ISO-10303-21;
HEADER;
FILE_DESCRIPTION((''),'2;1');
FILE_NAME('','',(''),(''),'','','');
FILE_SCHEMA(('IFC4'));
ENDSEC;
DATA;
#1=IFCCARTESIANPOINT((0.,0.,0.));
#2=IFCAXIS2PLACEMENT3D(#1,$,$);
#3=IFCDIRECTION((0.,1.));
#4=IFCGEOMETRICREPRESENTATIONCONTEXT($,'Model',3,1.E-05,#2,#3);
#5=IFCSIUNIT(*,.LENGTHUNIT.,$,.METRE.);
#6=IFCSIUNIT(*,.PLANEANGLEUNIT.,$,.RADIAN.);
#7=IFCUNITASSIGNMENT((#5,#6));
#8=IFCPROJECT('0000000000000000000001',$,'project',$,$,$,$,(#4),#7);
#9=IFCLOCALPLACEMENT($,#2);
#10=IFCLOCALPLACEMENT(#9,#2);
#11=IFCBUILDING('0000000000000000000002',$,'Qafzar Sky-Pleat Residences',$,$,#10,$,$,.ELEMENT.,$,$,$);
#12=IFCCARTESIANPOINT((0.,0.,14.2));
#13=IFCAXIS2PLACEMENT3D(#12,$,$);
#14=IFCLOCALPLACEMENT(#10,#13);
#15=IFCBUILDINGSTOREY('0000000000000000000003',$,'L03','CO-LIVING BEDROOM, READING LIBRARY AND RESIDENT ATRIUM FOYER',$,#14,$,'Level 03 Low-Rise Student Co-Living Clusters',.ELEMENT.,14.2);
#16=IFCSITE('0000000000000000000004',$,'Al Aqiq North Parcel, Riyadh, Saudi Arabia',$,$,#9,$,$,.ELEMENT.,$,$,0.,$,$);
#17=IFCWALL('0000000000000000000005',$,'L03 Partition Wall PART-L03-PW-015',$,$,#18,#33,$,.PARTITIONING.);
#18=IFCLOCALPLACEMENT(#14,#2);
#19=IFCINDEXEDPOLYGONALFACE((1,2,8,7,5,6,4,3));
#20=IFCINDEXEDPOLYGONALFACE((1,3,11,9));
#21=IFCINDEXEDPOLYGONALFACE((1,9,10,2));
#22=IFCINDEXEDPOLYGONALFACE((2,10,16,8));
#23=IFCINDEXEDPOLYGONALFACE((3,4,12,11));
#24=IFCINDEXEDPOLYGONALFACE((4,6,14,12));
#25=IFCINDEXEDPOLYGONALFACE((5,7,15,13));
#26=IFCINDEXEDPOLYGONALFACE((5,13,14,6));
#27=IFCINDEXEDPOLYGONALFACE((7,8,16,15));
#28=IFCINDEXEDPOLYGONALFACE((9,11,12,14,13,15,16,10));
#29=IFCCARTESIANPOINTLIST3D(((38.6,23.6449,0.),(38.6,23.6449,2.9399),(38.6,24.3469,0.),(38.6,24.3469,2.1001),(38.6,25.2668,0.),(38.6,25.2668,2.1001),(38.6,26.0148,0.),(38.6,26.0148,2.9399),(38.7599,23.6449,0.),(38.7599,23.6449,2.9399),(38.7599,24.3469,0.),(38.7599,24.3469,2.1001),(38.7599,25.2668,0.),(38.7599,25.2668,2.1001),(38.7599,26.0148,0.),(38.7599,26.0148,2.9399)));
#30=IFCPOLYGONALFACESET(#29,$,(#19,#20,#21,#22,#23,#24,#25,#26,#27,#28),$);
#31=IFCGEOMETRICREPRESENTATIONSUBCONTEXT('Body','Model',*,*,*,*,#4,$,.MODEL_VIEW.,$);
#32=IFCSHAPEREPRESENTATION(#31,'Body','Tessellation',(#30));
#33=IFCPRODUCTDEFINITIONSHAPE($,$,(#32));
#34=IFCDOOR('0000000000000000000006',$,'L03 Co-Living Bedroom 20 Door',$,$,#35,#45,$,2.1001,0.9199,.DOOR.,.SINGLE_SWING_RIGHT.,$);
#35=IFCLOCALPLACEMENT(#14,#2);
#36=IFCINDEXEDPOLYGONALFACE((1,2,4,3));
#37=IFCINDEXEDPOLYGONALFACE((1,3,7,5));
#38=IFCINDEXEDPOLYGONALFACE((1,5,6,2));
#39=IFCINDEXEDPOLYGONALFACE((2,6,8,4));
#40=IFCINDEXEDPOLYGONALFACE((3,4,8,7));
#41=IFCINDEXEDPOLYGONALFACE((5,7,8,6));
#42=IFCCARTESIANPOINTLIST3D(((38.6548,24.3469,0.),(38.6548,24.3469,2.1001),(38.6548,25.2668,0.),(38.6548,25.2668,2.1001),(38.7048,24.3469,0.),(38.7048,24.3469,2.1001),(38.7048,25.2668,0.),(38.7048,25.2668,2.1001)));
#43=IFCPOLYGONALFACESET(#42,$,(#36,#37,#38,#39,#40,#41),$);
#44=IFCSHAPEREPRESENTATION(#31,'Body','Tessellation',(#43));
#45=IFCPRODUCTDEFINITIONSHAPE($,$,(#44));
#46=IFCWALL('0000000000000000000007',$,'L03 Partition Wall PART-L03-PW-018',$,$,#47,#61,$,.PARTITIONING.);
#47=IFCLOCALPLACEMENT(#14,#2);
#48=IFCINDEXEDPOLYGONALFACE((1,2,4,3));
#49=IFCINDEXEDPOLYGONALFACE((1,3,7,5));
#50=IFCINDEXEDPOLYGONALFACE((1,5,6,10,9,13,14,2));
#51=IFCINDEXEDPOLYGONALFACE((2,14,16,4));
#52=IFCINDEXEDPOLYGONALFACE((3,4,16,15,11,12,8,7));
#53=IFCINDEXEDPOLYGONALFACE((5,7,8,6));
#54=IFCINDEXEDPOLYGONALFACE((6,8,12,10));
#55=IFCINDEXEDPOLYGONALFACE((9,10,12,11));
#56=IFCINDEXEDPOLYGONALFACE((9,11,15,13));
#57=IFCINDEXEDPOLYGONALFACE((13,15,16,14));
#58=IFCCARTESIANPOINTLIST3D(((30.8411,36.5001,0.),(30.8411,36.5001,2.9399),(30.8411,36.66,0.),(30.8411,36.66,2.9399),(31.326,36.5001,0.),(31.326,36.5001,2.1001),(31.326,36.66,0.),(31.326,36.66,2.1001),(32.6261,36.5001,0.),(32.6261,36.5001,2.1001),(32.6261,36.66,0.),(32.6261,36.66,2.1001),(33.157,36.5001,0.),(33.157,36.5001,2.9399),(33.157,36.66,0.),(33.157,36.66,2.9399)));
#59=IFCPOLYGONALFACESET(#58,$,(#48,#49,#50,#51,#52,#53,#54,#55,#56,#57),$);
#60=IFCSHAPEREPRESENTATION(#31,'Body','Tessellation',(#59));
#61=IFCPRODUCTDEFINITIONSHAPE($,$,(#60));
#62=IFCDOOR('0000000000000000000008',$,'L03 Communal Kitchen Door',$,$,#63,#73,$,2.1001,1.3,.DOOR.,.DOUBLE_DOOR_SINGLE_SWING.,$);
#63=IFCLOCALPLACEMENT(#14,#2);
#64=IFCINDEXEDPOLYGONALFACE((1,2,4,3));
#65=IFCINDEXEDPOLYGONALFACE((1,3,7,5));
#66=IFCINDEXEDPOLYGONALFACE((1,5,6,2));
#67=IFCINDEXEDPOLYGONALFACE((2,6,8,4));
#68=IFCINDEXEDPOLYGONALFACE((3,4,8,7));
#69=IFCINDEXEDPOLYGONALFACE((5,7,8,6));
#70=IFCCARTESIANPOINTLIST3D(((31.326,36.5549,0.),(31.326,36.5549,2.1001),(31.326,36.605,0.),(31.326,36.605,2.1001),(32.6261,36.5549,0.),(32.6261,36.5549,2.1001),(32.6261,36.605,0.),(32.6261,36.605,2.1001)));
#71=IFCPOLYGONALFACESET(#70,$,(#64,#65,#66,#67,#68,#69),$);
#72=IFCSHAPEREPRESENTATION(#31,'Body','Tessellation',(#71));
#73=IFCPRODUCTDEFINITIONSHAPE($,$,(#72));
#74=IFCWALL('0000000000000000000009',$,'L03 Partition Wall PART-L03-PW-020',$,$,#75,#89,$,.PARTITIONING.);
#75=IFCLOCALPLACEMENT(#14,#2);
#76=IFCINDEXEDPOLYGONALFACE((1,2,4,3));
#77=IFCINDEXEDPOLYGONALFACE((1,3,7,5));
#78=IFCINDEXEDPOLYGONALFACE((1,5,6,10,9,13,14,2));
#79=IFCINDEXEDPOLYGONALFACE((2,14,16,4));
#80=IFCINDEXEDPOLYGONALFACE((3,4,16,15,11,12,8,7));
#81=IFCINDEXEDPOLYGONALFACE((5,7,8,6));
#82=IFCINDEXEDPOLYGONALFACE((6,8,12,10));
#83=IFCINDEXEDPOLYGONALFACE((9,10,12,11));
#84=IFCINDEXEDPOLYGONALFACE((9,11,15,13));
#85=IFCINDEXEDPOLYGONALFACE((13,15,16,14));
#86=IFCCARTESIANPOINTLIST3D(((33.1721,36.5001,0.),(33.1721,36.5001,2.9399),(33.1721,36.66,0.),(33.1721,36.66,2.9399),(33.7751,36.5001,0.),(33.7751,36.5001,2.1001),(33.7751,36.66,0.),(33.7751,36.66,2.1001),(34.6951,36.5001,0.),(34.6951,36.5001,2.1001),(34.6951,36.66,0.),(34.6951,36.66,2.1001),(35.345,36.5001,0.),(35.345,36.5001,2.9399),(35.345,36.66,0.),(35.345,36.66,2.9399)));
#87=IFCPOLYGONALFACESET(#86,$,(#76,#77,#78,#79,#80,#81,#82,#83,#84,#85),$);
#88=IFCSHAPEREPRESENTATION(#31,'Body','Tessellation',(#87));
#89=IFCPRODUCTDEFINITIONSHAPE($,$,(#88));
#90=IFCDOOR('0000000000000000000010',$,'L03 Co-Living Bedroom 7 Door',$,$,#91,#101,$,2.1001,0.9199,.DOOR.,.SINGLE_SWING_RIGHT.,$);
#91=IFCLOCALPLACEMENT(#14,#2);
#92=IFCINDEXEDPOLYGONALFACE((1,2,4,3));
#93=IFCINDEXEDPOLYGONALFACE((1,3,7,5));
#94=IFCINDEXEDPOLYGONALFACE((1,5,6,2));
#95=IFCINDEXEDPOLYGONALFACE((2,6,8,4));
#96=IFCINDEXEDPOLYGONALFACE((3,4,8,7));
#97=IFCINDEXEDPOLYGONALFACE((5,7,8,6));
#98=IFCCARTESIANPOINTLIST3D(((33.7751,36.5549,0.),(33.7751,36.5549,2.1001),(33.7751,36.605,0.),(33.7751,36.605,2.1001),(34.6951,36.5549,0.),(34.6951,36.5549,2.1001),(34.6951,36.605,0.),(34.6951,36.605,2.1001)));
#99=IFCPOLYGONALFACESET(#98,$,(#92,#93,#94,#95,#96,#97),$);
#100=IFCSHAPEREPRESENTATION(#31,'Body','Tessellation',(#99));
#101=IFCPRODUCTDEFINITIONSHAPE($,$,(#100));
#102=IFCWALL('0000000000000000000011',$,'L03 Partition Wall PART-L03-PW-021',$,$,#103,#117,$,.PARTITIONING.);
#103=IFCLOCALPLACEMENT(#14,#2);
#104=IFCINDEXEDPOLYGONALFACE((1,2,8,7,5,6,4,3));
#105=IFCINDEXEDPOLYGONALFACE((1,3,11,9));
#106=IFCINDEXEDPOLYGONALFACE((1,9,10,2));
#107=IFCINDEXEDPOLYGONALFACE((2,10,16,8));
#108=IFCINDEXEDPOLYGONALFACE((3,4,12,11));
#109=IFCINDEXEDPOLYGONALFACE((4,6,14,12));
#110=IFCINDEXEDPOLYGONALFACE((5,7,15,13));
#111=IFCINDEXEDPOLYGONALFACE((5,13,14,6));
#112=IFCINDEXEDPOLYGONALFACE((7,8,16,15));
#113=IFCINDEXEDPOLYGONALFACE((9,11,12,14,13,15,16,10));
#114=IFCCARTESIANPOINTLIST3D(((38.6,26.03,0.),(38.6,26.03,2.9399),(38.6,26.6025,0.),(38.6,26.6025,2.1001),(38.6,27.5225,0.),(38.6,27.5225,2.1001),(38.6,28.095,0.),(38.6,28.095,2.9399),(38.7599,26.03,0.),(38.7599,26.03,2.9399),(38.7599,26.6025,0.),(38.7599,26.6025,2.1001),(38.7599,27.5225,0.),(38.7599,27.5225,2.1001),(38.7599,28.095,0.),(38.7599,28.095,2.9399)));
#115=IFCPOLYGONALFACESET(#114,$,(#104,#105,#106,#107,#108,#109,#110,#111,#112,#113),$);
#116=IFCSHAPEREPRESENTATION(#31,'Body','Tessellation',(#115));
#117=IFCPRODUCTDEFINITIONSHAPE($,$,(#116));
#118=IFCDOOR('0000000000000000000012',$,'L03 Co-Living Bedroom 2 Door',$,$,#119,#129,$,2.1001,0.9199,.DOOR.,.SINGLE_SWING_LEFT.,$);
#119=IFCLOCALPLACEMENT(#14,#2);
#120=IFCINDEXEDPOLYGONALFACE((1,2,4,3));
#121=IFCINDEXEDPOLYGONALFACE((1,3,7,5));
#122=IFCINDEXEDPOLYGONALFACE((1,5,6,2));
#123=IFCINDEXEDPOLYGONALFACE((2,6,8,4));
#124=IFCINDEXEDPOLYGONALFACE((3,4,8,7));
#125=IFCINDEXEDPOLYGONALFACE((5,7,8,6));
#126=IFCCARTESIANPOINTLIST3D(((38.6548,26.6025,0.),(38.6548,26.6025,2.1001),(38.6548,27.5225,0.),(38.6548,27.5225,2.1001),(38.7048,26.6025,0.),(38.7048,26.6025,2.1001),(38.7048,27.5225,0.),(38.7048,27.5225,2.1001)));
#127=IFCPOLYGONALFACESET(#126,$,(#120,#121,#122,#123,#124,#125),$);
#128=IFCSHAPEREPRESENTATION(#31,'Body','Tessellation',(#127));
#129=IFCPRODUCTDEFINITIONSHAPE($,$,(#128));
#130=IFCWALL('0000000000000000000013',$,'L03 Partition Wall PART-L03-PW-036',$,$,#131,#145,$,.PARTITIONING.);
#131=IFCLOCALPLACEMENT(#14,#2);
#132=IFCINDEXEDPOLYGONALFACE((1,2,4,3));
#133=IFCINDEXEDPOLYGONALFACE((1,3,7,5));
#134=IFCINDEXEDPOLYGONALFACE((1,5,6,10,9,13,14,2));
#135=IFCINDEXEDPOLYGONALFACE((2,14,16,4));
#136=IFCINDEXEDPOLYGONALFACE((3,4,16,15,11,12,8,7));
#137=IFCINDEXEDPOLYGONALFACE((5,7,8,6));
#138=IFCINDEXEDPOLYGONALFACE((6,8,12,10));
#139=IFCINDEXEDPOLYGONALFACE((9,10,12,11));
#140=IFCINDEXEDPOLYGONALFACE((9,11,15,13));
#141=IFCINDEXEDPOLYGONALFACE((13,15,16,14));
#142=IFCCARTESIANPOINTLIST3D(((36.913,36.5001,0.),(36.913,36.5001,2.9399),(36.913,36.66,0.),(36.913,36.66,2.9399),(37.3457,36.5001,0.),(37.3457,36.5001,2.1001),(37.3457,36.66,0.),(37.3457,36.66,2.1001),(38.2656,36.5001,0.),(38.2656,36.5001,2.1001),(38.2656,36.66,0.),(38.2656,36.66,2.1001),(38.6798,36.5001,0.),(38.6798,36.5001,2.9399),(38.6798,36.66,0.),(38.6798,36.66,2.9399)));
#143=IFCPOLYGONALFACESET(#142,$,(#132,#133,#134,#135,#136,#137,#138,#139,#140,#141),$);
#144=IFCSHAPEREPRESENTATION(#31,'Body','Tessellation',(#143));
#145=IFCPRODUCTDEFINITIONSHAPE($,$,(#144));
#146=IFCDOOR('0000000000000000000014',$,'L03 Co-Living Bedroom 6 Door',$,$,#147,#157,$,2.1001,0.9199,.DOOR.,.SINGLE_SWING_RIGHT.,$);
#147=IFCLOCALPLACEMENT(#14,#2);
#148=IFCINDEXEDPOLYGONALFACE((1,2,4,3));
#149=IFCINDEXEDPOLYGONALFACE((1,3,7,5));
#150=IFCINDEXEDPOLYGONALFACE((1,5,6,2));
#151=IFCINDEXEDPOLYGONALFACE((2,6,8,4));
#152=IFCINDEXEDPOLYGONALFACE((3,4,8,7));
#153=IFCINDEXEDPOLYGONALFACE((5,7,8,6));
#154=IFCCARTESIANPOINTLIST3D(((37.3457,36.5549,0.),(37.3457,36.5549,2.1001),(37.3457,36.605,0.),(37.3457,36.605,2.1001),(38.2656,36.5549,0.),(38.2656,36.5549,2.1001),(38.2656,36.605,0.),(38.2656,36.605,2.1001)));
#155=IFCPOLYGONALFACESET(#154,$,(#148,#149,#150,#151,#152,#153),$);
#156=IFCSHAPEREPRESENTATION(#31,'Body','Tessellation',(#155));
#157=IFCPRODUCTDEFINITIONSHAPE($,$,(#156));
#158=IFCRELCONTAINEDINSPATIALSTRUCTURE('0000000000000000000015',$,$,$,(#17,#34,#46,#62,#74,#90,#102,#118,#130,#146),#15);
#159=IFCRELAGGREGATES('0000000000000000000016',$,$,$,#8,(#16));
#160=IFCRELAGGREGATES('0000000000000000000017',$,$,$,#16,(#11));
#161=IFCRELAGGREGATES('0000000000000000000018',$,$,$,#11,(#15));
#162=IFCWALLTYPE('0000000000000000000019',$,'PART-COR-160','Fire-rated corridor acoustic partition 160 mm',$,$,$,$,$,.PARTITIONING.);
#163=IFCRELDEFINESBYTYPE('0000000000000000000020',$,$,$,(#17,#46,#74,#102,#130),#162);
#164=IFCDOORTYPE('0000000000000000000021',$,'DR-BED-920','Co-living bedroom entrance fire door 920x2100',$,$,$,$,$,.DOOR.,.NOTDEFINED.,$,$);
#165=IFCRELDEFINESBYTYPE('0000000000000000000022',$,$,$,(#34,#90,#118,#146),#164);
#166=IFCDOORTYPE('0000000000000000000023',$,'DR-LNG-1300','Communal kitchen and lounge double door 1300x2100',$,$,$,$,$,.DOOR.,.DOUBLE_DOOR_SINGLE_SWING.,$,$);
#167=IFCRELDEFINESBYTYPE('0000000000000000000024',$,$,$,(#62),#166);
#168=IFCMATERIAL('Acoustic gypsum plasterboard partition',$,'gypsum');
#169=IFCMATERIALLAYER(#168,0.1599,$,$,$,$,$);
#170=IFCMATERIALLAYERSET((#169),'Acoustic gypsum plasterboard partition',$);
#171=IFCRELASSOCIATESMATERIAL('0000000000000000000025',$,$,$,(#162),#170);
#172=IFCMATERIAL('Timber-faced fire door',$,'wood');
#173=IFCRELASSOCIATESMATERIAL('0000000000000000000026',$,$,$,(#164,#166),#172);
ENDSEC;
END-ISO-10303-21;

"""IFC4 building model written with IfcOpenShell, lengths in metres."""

from ifc_helpers import new_model, si_unit, direction, frame, frame_2d, origin, place, context, subcontext, project, spatial, rectangle, extrude, source, transform, mapped, material, layer, layer_set, type_object, element, fill, save


model = new_model("IFC4")

# Units and contexts
model_context = context("Model", 3, precision=1e-05, world=origin(), true_north=direction((0.0, 1.0)))
body_context = subcontext(model_context, "Body", "Model", "MODEL_VIEW")
ifc_project = project(units=[si_unit("LENGTHUNIT", "METRE"), si_unit("PLANEANGLEUNIT", "RADIAN")], contexts=[model_context])

# Site, building, storey
site_placement = place(None, origin())
site = spatial("IfcSite", under=ifc_project, at=site_placement, Name="Al Aqiq North Parcel, Riyadh, Saudi Arabia", CompositionType="ELEMENT", RefElevation=0.0)
building_placement = place(site_placement, origin())
building = spatial("IfcBuilding", under=site, at=building_placement, Name="Qafzar Sky-Pleat Residences", CompositionType="ELEMENT")
storey_placement = place(building_placement, frame((0.0, 0.0, 14.2)))
storey = spatial("IfcBuildingStorey", under=building, at=storey_placement, Name="L03", Description="CO-LIVING BEDROOM, READING LIBRARY AND RESIDENT ATRIUM FOYER", LongName="Level 03 Low-Rise Student Co-Living Clusters", CompositionType="ELEMENT", Elevation=14.2)

# Walls, openings, doors
ifc_material_1 = material(Name="Acoustic gypsum plasterboard partition", Category="gypsum")
ifc_layer_1 = layer(ifc_material_1, 0.1599)
ifc_layer_set_1 = layer_set([ifc_layer_1], Name="Acoustic gypsum plasterboard partition")
wall_type_1 = type_object("IfcWallType", Name="PART-COR-160", Description="Fire-rated corridor acoustic partition 160 mm", PredefinedType="PARTITIONING", material=ifc_layer_set_1)
wall_1_placement = place(storey_placement, frame((38.6799, 26.0149, 0.0), z_axis=(0.0, 0.0, 1.0), x_axis=(0.0, -1.0, 0.0)))
wall_1 = element("IfcWall", 1, at=wall_1_placement, inside=storey, type_object=wall_type_1, Name="L03 Partition Wall PART-L03-PW-015", PredefinedType="PARTITIONING", context=body_context, shape_type="SweptSolid", body=[
    extrude(rectangle(XDim=2.3699, YDim=0.1599, at=frame_2d((1.1851, 0.0))), origin(), (0.0, 0.0, 1.0), 2.9399),
])
opening_1_placement = place(wall_1_placement, frame((0.748, 0.0, 0.0)))
opening_1 = element("IfcOpeningElement", 2, at=opening_1_placement, cuts=wall_1, PredefinedType="OPENING", context=body_context, shape_type="SweptSolid", body=[
    extrude(rectangle(XDim=0.9199, YDim=2.1001, at=frame_2d((0.46, 1.05))), frame((0.0, 0.0898, 0.0), z_axis=(0.0, -1.0, 0.0), x_axis=(1.0, 0.0, 0.0)), (0.0, 0.0, 1.0), 0.1799),
])
ifc_material_2 = material(Name="Timber-faced fire door", Category="wood")
door_type_1 = type_object("IfcDoorType", Name="DR-BED-920", Description="Co-living bedroom entrance fire door 920x2100", OperationType="NOTDEFINED", PredefinedType="DOOR", material=ifc_material_2)
shared_shape_1 = source(origin(), body_context, "Body", "SweptSolid", [
    extrude(rectangle(XDim=0.9199, YDim=2.1001, at=frame_2d((0.46, 1.05))), frame((0.0, 0.0249, 0.0), z_axis=(0.0, -1.0, 0.0), x_axis=(1.0, 0.0, 0.0)), (0.0, 0.0, 1.0), 0.05),
])
door_1_placement = place(opening_1_placement, origin())
door_1 = element("IfcDoor", 3, at=door_1_placement, inside=storey, type_object=door_type_1, Name="L03 Co-Living Bedroom 20 Door", OperationType="SINGLE_SWING_RIGHT", OverallHeight=2.1001, OverallWidth=0.9199, PredefinedType="DOOR", context=body_context, shape_type="MappedRepresentation", body=[
    mapped(shared_shape_1, transform((0.0, 0.0, 0.0), x_axis=(1.0, 0.0, 0.0), y_axis=(0.0, 1.0, 0.0), z_axis=(0.0, 0.0, 1.0), scale=1.0)),
])
fill(opening_1, door_1)
wall_2_placement = place(storey_placement, frame((30.8411, 36.5801, 0.0), z_axis=(0.0, 0.0, 1.0), x_axis=(1.0, 0.0, 0.0)))
wall_2 = element("IfcWall", 4, at=wall_2_placement, inside=storey, type_object=wall_type_1, Name="L03 Partition Wall PART-L03-PW-018", PredefinedType="PARTITIONING", context=body_context, shape_type="SweptSolid", body=[
    extrude(rectangle(XDim=2.3159, YDim=0.1599, at=frame_2d((1.158, 0.0))), origin(), (0.0, 0.0, 1.0), 2.9399),
])
opening_2_placement = place(wall_2_placement, frame((0.4851, 0.0, 0.0)))
opening_2 = element("IfcOpeningElement", 5, at=opening_2_placement, cuts=wall_2, PredefinedType="OPENING", context=body_context, shape_type="SweptSolid", body=[
    extrude(rectangle(XDim=1.3, YDim=2.1001, at=frame_2d((0.6499, 1.05))), frame((0.0, 0.0898, 0.0), z_axis=(0.0, -1.0, 0.0), x_axis=(1.0, 0.0, 0.0)), (0.0, 0.0, 1.0), 0.1799),
])
door_type_2 = type_object("IfcDoorType", Name="DR-LNG-1300", Description="Communal kitchen and lounge double door 1300x2100", OperationType="DOUBLE_DOOR_SINGLE_SWING", PredefinedType="DOOR", material=ifc_material_2)
shared_shape_2 = source(origin(), body_context, "Body", "SweptSolid", [
    extrude(rectangle(XDim=1.3, YDim=2.1001, at=frame_2d((0.6499, 1.05))), frame((0.0, 0.0249, 0.0), z_axis=(0.0, -1.0, 0.0), x_axis=(1.0, 0.0, 0.0)), (0.0, 0.0, 1.0), 0.05),
])
door_2_placement = place(opening_2_placement, origin())
door_2 = element("IfcDoor", 6, at=door_2_placement, inside=storey, type_object=door_type_2, Name="L03 Communal Kitchen Door", OperationType="DOUBLE_DOOR_SINGLE_SWING", OverallHeight=2.1001, OverallWidth=1.3, PredefinedType="DOOR", context=body_context, shape_type="MappedRepresentation", body=[
    mapped(shared_shape_2, transform((0.0, 0.0, 0.0), x_axis=(1.0, 0.0, 0.0), y_axis=(0.0, 1.0, 0.0), z_axis=(0.0, 0.0, 1.0), scale=1.0)),
])
fill(opening_2, door_2)
wall_3_placement = place(storey_placement, frame((33.1721, 36.5801, 0.0), z_axis=(0.0, 0.0, 1.0), x_axis=(1.0, 0.0, 0.0)))
wall_3 = element("IfcWall", 7, at=wall_3_placement, inside=storey, type_object=wall_type_1, Name="L03 Partition Wall PART-L03-PW-020", PredefinedType="PARTITIONING", context=body_context, shape_type="SweptSolid", body=[
    extrude(rectangle(XDim=2.1729, YDim=0.1599, at=frame_2d((1.0864, 0.0))), origin(), (0.0, 0.0, 1.0), 2.9399),
])
opening_3_placement = place(wall_3_placement, frame((0.603, 0.0, 0.0)))
opening_3 = element("IfcOpeningElement", 8, at=opening_3_placement, cuts=wall_3, PredefinedType="OPENING", context=body_context, shape_type="SweptSolid", body=[
    extrude(rectangle(XDim=0.9199, YDim=2.1001, at=frame_2d((0.46, 1.05))), frame((0.0, 0.0898, 0.0), z_axis=(0.0, -1.0, 0.0), x_axis=(1.0, 0.0, 0.0)), (0.0, 0.0, 1.0), 0.1799),
])
door_3_placement = place(opening_3_placement, origin())
door_3 = element("IfcDoor", 9, at=door_3_placement, inside=storey, type_object=door_type_1, Name="L03 Co-Living Bedroom 7 Door", OperationType="SINGLE_SWING_RIGHT", OverallHeight=2.1001, OverallWidth=0.9199, PredefinedType="DOOR", context=body_context, shape_type="MappedRepresentation", body=[
    mapped(shared_shape_1, transform((0.0, 0.0, 0.0), x_axis=(1.0, 0.0, 0.0), y_axis=(0.0, 1.0, 0.0), z_axis=(0.0, 0.0, 1.0), scale=1.0)),
])
fill(opening_3, door_3)
wall_4_placement = place(storey_placement, frame((38.6799, 28.095, 0.0), z_axis=(0.0, 0.0, 1.0), x_axis=(0.0, -1.0, 0.0)))
wall_4 = element("IfcWall", 10, at=wall_4_placement, inside=storey, type_object=wall_type_1, Name="L03 Partition Wall PART-L03-PW-021", PredefinedType="PARTITIONING", context=body_context, shape_type="SweptSolid", body=[
    extrude(rectangle(XDim=2.0649, YDim=0.1599, at=frame_2d((1.0325, 0.0))), origin(), (0.0, 0.0, 1.0), 2.9399),
])
opening_4_placement = place(wall_4_placement, frame((0.5725, 0.0, 0.0)))
opening_4 = element("IfcOpeningElement", 11, at=opening_4_placement, cuts=wall_4, PredefinedType="OPENING", context=body_context, shape_type="SweptSolid", body=[
    extrude(rectangle(XDim=0.9199, YDim=2.1001, at=frame_2d((0.46, 1.05))), frame((0.0, 0.0898, 0.0), z_axis=(0.0, -1.0, 0.0), x_axis=(1.0, 0.0, 0.0)), (0.0, 0.0, 1.0), 0.1799),
])
door_4_placement = place(opening_4_placement, origin())
door_4 = element("IfcDoor", 12, at=door_4_placement, inside=storey, type_object=door_type_1, Name="L03 Co-Living Bedroom 2 Door", OperationType="SINGLE_SWING_LEFT", OverallHeight=2.1001, OverallWidth=0.9199, PredefinedType="DOOR", context=body_context, shape_type="MappedRepresentation", body=[
    mapped(shared_shape_1, transform((0.0, 0.0, 0.0), x_axis=(1.0, 0.0, 0.0), y_axis=(0.0, 1.0, 0.0), z_axis=(0.0, 0.0, 1.0), scale=1.0)),
])
fill(opening_4, door_4)
wall_5_placement = place(storey_placement, frame((36.9131, 36.5801, 0.0), z_axis=(0.0, 0.0, 1.0), x_axis=(1.0, 0.0, 0.0)))
wall_5 = element("IfcWall", 13, at=wall_5_placement, inside=storey, type_object=wall_type_1, Name="L03 Partition Wall PART-L03-PW-036", PredefinedType="PARTITIONING", context=body_context, shape_type="SweptSolid", body=[
    extrude(rectangle(XDim=1.7668, YDim=0.1599, at=frame_2d((0.8833, 0.0))), origin(), (0.0, 0.0, 1.0), 2.9399),
])
opening_5_placement = place(wall_5_placement, frame((0.4326, 0.0, 0.0)))
opening_5 = element("IfcOpeningElement", 14, at=opening_5_placement, cuts=wall_5, PredefinedType="OPENING", context=body_context, shape_type="SweptSolid", body=[
    extrude(rectangle(XDim=0.9199, YDim=2.1001, at=frame_2d((0.46, 1.05))), frame((0.0, 0.0898, 0.0), z_axis=(0.0, -1.0, 0.0), x_axis=(1.0, 0.0, 0.0)), (0.0, 0.0, 1.0), 0.1799),
])
door_5_placement = place(opening_5_placement, origin())
door_5 = element("IfcDoor", 15, at=door_5_placement, inside=storey, type_object=door_type_1, Name="L03 Co-Living Bedroom 6 Door", OperationType="SINGLE_SWING_RIGHT", OverallHeight=2.1001, OverallWidth=0.9199, PredefinedType="DOOR", context=body_context, shape_type="MappedRepresentation", body=[
    mapped(shared_shape_1, transform((0.0, 0.0, 0.0), x_axis=(1.0, 0.0, 0.0), y_axis=(0.0, 1.0, 0.0), z_axis=(0.0, 0.0, 1.0), scale=1.0)),
])
fill(opening_5, door_5)

save(model, "model.ifc")
